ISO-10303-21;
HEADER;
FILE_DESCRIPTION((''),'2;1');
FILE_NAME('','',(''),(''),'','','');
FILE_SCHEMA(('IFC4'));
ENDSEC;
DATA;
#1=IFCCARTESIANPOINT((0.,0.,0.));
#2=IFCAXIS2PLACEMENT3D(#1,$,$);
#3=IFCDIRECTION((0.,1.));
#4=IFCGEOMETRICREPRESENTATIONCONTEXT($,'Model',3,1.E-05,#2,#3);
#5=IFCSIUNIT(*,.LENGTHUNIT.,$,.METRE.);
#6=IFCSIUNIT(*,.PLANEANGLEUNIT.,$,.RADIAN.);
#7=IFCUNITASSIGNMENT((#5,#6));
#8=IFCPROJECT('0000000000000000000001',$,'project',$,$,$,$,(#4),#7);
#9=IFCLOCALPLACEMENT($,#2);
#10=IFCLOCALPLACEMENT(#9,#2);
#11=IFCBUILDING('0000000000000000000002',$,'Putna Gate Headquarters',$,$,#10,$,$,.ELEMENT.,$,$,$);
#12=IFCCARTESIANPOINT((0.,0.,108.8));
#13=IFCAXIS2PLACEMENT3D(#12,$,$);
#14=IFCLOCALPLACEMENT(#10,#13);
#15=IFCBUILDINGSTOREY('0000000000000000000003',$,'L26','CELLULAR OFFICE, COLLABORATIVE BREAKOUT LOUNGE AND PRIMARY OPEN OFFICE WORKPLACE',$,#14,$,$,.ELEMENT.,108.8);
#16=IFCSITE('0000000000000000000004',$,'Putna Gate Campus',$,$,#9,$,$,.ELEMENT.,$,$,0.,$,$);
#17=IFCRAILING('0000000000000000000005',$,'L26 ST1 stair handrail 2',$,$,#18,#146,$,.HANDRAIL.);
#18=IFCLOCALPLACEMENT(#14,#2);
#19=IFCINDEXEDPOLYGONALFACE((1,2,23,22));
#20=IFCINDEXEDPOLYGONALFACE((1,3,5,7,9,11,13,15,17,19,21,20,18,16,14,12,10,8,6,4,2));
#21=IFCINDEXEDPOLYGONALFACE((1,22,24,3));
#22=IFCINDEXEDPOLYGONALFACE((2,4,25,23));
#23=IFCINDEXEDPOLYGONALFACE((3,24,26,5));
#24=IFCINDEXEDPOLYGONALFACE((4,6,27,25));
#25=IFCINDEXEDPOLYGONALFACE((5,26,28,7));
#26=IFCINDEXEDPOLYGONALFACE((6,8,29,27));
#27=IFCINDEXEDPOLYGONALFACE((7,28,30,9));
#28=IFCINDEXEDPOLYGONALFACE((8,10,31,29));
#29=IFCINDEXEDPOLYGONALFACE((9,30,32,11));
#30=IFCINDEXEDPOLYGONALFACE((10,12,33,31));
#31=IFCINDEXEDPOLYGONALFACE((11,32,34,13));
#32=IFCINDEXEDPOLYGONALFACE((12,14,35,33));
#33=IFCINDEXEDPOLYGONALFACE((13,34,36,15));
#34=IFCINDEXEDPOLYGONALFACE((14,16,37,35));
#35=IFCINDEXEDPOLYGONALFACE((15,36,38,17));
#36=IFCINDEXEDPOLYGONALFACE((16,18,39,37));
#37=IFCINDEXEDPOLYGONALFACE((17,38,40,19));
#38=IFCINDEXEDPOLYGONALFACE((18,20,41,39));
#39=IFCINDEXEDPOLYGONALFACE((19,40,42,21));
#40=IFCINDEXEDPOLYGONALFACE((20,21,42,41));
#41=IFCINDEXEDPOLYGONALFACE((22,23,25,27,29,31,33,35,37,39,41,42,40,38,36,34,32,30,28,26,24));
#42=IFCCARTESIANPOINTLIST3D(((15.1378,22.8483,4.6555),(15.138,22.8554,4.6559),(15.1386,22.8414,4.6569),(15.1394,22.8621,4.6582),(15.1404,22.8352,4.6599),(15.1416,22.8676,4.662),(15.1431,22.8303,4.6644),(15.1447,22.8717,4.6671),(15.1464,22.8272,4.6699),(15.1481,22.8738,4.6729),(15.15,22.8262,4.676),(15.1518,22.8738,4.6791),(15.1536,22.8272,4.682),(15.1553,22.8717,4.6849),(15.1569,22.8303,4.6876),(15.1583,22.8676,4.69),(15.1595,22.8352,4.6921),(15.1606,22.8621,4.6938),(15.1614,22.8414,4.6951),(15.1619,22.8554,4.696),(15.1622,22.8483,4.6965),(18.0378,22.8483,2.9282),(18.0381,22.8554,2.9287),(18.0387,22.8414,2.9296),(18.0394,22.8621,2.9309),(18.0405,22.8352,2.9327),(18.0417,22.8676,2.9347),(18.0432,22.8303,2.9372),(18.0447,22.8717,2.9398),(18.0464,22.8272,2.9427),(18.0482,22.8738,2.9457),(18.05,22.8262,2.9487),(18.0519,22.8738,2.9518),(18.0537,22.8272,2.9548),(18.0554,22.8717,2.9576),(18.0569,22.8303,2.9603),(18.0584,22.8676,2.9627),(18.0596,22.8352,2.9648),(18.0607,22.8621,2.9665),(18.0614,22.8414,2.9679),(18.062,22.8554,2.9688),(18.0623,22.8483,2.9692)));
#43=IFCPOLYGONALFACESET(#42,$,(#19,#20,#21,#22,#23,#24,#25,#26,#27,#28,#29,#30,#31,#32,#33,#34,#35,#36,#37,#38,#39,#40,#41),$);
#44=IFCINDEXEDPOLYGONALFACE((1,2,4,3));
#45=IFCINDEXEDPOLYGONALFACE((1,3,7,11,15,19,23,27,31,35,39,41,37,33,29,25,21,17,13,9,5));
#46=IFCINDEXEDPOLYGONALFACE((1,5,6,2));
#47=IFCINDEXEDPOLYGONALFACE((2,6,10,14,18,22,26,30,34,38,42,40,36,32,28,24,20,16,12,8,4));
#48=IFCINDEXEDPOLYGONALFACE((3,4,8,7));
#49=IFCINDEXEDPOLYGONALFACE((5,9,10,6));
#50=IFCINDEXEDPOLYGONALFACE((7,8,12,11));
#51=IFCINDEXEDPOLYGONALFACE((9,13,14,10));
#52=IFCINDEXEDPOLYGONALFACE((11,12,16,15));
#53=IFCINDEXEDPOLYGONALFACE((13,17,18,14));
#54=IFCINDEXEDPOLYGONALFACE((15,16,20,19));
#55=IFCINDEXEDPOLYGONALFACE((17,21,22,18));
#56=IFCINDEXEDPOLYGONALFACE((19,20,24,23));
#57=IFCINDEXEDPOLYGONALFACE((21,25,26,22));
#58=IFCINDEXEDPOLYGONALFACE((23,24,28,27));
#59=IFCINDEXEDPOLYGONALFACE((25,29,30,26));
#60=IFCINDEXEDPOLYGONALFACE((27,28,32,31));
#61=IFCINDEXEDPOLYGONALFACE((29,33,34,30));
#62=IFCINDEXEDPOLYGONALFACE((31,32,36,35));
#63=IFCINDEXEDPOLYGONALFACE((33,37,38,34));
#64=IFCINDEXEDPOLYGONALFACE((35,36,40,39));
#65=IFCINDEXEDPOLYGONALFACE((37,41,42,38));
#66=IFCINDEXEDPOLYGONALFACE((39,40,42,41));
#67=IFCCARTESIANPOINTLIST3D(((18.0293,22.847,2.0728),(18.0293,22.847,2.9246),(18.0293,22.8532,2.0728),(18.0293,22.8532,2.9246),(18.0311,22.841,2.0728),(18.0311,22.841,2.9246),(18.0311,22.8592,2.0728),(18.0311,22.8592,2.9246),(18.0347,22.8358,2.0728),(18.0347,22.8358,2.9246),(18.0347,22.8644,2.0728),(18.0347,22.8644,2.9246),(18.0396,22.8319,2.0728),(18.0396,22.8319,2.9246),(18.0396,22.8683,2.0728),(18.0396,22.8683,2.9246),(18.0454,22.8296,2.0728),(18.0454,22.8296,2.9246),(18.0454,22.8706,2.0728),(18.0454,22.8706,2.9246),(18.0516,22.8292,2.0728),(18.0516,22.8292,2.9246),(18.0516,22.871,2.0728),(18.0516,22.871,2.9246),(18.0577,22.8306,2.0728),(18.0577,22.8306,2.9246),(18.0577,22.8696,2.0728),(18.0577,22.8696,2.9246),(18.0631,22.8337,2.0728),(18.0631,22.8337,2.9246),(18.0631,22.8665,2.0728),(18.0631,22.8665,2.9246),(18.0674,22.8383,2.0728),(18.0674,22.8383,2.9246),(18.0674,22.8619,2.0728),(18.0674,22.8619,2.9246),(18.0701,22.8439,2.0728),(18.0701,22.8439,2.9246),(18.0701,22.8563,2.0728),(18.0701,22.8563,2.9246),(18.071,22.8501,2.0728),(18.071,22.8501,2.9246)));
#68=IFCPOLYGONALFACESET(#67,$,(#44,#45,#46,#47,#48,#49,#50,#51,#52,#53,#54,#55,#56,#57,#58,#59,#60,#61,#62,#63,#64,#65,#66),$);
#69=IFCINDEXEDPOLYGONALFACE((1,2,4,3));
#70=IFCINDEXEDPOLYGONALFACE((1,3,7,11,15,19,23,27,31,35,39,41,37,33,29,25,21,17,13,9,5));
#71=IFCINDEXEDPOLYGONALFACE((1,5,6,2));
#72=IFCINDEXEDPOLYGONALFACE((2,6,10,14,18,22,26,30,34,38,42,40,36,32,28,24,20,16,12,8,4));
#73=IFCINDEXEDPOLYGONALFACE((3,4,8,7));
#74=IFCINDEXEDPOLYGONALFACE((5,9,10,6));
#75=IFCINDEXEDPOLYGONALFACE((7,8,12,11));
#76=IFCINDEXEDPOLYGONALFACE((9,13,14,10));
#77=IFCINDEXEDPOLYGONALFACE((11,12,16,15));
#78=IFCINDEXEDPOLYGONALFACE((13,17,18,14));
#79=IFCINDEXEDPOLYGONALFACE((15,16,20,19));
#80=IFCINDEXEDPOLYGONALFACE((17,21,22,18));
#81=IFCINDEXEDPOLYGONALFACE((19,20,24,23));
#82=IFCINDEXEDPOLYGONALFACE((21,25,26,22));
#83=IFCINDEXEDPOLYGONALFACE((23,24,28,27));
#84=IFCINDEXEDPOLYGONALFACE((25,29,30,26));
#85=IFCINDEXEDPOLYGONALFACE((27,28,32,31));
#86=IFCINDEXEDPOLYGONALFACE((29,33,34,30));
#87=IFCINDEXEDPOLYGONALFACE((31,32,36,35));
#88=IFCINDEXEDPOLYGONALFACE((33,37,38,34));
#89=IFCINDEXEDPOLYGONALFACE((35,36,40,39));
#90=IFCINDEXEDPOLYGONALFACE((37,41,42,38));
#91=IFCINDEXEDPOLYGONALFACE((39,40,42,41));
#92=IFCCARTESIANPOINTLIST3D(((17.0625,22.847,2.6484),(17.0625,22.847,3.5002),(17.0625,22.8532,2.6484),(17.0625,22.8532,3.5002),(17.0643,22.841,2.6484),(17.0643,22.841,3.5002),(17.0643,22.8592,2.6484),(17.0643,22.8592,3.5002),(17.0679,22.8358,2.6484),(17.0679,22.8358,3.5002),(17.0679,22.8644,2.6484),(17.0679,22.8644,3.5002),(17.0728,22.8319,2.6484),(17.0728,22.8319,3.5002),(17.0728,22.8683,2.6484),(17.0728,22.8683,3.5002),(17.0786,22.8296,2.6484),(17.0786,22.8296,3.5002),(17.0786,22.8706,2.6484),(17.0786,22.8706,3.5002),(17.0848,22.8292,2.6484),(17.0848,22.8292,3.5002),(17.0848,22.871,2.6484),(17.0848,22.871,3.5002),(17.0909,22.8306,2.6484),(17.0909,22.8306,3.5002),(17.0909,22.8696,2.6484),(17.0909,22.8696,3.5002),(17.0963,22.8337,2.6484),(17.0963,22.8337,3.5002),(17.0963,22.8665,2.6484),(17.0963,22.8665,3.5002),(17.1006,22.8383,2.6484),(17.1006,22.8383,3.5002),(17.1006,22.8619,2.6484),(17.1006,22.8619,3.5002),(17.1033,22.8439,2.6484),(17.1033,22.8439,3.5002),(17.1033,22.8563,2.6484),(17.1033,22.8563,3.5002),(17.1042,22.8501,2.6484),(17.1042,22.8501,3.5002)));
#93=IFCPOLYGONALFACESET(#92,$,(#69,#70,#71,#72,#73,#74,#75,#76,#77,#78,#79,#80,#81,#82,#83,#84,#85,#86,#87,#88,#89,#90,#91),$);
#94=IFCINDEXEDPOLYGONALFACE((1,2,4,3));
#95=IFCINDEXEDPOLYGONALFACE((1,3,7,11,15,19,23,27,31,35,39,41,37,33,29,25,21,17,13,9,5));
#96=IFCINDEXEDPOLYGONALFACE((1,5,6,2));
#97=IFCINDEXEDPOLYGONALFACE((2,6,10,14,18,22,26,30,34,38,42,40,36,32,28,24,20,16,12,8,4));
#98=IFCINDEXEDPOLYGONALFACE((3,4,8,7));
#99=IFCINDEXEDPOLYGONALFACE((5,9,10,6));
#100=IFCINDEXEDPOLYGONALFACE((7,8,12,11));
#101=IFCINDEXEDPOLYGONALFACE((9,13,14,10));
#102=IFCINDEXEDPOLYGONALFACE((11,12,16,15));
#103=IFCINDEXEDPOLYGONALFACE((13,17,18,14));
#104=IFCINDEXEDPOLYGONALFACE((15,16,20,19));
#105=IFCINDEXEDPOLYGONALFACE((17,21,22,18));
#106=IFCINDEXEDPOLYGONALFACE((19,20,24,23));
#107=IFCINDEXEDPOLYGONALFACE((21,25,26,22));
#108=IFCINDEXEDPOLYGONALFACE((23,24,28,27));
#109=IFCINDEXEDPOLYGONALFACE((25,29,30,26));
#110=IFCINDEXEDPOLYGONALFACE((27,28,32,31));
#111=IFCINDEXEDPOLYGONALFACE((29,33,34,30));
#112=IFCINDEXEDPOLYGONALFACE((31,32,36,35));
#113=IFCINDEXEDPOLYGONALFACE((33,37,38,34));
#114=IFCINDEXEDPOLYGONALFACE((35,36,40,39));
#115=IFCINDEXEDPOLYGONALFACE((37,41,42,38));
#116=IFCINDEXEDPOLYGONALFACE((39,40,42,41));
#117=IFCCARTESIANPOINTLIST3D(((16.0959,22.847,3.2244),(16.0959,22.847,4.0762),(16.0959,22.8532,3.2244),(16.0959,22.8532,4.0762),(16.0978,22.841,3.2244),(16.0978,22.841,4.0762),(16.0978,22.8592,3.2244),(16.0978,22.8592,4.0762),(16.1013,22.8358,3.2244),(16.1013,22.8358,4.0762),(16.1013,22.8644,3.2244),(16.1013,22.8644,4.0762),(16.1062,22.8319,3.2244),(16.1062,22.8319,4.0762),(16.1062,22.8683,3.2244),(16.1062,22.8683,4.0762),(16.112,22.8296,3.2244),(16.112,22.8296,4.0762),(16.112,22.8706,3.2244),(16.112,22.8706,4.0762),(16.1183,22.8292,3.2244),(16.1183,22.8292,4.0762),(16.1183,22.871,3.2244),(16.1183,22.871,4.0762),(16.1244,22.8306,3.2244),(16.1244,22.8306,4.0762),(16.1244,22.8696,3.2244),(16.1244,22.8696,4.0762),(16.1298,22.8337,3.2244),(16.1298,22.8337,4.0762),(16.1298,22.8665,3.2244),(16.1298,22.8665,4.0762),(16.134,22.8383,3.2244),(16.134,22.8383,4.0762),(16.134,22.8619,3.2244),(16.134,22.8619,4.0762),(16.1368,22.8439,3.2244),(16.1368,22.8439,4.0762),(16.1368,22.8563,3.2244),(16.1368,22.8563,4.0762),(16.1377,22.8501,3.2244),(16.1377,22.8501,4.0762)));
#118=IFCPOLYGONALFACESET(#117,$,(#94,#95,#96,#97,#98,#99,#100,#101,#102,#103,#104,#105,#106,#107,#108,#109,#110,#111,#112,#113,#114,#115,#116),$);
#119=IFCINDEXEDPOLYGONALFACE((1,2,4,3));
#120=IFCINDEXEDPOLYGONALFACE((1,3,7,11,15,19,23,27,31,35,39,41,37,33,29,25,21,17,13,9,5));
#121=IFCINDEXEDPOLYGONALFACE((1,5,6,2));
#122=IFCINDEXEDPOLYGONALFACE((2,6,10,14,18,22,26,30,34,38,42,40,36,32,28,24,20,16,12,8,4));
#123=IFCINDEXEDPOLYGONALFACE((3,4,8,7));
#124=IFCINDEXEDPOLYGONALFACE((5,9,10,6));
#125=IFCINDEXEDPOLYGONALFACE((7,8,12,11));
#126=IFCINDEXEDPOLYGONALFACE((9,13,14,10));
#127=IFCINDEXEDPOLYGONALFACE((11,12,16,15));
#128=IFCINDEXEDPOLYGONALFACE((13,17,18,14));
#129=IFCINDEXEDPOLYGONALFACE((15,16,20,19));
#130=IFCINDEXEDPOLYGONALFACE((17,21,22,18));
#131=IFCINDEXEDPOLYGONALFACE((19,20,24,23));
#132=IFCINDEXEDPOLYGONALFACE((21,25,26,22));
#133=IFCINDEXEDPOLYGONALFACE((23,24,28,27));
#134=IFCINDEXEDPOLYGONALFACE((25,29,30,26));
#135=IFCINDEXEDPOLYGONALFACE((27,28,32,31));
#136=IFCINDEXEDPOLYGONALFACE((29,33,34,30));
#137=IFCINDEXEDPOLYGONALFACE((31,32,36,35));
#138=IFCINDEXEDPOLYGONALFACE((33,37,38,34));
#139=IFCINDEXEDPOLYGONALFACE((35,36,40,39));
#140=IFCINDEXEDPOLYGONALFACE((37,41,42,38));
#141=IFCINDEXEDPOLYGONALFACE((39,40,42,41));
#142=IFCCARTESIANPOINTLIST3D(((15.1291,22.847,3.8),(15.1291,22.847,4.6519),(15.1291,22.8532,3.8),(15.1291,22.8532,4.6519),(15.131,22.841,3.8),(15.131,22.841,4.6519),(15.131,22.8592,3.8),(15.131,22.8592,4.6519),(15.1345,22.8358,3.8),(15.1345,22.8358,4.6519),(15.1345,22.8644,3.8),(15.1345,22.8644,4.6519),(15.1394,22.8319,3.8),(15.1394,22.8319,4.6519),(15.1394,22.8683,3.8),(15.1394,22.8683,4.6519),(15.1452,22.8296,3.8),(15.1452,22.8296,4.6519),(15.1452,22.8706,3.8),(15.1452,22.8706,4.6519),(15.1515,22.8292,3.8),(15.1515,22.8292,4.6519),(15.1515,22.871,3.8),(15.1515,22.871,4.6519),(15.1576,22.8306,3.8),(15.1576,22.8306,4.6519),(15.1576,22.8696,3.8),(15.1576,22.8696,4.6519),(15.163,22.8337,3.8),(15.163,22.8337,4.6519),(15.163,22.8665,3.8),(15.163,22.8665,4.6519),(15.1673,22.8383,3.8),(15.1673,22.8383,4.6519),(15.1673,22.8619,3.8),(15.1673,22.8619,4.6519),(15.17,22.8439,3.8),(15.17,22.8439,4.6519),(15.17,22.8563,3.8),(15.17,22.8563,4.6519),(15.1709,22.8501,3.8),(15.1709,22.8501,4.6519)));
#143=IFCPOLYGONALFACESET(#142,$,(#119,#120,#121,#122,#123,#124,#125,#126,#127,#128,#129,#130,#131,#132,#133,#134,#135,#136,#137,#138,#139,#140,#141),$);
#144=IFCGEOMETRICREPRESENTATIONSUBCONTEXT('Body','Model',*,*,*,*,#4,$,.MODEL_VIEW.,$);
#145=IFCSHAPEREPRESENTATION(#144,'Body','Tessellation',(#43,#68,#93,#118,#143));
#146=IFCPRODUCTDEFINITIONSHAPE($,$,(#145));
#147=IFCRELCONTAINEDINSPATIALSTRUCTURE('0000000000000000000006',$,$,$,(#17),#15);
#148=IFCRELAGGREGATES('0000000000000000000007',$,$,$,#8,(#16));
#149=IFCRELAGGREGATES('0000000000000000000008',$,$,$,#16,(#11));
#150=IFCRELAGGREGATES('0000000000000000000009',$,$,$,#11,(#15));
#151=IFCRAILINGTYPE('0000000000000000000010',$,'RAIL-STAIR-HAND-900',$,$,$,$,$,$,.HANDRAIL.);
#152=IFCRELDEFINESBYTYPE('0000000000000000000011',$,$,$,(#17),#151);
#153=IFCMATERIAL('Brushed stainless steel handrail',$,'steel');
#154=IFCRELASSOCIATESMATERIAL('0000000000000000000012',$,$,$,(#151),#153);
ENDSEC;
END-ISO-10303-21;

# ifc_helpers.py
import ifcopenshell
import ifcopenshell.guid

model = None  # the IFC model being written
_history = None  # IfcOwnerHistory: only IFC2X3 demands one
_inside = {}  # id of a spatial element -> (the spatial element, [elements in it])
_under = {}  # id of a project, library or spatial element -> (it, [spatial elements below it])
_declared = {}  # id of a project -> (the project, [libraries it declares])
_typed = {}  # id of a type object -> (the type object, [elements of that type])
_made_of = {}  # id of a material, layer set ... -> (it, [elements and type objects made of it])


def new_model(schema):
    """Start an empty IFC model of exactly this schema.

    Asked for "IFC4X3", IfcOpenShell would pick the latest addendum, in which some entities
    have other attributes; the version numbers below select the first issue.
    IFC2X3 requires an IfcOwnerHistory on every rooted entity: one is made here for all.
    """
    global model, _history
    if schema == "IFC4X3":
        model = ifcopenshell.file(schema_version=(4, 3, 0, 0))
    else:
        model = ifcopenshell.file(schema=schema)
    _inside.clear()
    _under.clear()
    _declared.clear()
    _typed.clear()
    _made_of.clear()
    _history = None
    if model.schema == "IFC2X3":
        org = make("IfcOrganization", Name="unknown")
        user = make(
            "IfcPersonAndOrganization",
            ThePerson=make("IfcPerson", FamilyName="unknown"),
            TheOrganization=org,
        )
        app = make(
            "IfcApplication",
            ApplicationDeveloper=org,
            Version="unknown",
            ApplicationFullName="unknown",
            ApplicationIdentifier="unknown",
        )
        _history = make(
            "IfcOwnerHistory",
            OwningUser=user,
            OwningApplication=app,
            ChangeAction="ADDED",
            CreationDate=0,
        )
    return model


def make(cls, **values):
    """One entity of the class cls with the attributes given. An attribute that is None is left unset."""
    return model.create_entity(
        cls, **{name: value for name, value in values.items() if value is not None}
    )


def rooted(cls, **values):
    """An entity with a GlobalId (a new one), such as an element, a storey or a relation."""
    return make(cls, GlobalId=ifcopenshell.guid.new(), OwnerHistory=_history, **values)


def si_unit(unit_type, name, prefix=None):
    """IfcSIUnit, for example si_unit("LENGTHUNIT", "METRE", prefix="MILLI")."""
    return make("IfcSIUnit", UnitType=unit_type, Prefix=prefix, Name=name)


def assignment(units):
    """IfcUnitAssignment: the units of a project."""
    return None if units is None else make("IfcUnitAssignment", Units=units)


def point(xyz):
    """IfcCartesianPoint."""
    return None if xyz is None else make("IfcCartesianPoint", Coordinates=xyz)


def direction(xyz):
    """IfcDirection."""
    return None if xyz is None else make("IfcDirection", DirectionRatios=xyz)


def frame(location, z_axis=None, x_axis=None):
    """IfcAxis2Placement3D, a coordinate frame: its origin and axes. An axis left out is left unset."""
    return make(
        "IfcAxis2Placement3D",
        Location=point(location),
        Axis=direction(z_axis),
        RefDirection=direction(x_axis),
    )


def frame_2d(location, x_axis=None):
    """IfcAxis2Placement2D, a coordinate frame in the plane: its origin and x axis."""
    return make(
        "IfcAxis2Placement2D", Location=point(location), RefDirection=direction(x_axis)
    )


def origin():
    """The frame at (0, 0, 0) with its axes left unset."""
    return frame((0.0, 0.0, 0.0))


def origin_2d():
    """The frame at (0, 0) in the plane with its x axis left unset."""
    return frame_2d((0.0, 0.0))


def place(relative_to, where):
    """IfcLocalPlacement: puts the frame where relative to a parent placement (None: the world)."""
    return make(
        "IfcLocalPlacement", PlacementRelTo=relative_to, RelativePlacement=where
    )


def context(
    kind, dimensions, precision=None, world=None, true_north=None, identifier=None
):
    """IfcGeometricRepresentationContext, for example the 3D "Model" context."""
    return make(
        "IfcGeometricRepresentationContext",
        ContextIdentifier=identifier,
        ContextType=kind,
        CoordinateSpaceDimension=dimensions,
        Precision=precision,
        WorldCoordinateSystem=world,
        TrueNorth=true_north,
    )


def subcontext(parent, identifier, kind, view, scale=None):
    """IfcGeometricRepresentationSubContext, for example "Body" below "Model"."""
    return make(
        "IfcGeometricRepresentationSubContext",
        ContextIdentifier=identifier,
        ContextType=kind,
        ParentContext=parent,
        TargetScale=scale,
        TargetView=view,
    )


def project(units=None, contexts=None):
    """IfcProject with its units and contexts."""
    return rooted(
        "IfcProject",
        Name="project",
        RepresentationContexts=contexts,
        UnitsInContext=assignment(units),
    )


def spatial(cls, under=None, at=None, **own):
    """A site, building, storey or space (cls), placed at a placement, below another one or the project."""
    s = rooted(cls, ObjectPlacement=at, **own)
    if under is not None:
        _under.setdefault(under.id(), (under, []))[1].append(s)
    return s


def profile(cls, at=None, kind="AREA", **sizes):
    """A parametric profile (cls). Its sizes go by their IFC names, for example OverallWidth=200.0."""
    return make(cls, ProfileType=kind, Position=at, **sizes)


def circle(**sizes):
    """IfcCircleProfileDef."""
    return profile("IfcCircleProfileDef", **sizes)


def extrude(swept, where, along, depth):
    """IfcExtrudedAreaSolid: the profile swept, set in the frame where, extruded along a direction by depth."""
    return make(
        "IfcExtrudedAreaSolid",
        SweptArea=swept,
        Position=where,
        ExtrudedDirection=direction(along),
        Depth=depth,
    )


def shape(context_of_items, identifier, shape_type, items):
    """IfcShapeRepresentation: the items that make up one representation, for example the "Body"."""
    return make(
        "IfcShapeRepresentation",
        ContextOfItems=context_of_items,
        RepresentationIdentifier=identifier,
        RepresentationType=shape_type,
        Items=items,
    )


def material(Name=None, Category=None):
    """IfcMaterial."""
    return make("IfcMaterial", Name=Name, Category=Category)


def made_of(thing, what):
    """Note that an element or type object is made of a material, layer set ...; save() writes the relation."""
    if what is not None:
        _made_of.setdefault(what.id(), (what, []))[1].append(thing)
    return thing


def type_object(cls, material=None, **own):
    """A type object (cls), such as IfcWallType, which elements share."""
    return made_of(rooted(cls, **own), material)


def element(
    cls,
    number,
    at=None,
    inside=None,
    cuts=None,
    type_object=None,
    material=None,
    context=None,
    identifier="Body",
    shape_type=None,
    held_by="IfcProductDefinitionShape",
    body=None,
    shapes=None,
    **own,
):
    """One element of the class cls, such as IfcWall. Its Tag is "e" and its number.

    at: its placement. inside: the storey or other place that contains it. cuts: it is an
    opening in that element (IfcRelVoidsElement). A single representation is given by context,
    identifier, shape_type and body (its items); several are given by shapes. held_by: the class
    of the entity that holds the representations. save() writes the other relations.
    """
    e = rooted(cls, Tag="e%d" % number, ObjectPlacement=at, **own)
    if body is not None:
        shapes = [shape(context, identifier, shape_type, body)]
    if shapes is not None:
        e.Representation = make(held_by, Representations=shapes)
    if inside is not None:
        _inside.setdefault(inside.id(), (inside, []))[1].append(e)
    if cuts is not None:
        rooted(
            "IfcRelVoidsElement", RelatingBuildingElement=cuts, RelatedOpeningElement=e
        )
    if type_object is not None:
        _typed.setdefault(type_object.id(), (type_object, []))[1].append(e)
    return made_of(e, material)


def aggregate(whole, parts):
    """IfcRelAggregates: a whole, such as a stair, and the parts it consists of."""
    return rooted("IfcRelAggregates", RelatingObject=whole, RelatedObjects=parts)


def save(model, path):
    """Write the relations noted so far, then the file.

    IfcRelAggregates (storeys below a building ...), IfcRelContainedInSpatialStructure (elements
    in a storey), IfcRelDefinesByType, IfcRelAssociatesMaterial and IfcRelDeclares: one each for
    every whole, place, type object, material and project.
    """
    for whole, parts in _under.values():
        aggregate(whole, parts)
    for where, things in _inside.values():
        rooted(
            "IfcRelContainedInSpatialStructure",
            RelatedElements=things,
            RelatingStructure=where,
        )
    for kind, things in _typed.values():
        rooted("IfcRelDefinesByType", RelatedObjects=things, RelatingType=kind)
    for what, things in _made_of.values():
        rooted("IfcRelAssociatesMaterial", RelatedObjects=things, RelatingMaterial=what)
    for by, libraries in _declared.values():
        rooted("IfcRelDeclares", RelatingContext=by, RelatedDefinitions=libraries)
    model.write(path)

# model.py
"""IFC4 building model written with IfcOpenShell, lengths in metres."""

from ifc_helpers import new_model, si_unit, direction, frame, origin, origin_2d, place, context, subcontext, project, spatial, circle, extrude, material, type_object, element, save


model = new_model("IFC4")

# Units and contexts
model_context = context("Model", 3, precision=1e-05, world=origin(), true_north=direction((0.0, 1.0)))
body_context = subcontext(model_context, "Body", "Model", "MODEL_VIEW")
ifc_project = project(units=[si_unit("LENGTHUNIT", "METRE"), si_unit("PLANEANGLEUNIT", "RADIAN")], contexts=[model_context])

# Site, building, storey
site_placement = place(None, origin())
site = spatial("IfcSite", under=ifc_project, at=site_placement, Name="Putna Gate Campus", CompositionType="ELEMENT", RefElevation=0.0)
building_placement = place(site_placement, origin())
building = spatial("IfcBuilding", under=site, at=building_placement, Name="Putna Gate Headquarters", CompositionType="ELEMENT")
storey_placement = place(building_placement, frame((0.0, 0.0, 108.8)))
storey = spatial("IfcBuildingStorey", under=building, at=storey_placement, Name="L26", Description="CELLULAR OFFICE, COLLABORATIVE BREAKOUT LOUNGE AND PRIMARY OPEN OFFICE WORKPLACE", CompositionType="ELEMENT", Elevation=108.8)

# Railing
ifc_material_1 = material(Name="Brushed stainless steel handrail", Category="steel")
railing_type_1 = type_object("IfcRailingType", Name="RAIL-STAIR-HAND-900", PredefinedType="HANDRAIL", material=ifc_material_1)
railing_1_placement = place(storey_placement, frame((18.05, 22.8501, 2.0728)))
element("IfcRailing", 1, at=railing_1_placement, inside=storey, type_object=railing_type_1, Name="L26 ST1 stair handrail 2", PredefinedType="HANDRAIL", context=body_context, shape_type="SweptSolid", body=[
    extrude(circle(Radius=0.0239, at=origin_2d()), frame((0.0, 0.0, 0.876), z_axis=(-0.85916, 0.0, 0.511706), x_axis=(0.0, -1.0, 0.0)), (0.0, 0.0, 1.0), 3.3755),
    extrude(circle(Radius=0.021, at=origin_2d()), origin(), (0.0, 0.0, 1.0), 0.8518),
    extrude(circle(Radius=0.021, at=origin_2d()), frame((-0.9668, 0.0, 0.5757)), (0.0, 0.0, 1.0), 0.8518),
    extrude(circle(Radius=0.021, at=origin_2d()), frame((-1.9333, 0.0, 1.1516)), (0.0, 0.0, 1.0), 0.8518),
    extrude(circle(Radius=0.021, at=origin_2d()), frame((-2.9001, 0.0, 1.7273)), (0.0, 0.0, 1.0), 0.8518),
])

save(model, "model.ifc")
